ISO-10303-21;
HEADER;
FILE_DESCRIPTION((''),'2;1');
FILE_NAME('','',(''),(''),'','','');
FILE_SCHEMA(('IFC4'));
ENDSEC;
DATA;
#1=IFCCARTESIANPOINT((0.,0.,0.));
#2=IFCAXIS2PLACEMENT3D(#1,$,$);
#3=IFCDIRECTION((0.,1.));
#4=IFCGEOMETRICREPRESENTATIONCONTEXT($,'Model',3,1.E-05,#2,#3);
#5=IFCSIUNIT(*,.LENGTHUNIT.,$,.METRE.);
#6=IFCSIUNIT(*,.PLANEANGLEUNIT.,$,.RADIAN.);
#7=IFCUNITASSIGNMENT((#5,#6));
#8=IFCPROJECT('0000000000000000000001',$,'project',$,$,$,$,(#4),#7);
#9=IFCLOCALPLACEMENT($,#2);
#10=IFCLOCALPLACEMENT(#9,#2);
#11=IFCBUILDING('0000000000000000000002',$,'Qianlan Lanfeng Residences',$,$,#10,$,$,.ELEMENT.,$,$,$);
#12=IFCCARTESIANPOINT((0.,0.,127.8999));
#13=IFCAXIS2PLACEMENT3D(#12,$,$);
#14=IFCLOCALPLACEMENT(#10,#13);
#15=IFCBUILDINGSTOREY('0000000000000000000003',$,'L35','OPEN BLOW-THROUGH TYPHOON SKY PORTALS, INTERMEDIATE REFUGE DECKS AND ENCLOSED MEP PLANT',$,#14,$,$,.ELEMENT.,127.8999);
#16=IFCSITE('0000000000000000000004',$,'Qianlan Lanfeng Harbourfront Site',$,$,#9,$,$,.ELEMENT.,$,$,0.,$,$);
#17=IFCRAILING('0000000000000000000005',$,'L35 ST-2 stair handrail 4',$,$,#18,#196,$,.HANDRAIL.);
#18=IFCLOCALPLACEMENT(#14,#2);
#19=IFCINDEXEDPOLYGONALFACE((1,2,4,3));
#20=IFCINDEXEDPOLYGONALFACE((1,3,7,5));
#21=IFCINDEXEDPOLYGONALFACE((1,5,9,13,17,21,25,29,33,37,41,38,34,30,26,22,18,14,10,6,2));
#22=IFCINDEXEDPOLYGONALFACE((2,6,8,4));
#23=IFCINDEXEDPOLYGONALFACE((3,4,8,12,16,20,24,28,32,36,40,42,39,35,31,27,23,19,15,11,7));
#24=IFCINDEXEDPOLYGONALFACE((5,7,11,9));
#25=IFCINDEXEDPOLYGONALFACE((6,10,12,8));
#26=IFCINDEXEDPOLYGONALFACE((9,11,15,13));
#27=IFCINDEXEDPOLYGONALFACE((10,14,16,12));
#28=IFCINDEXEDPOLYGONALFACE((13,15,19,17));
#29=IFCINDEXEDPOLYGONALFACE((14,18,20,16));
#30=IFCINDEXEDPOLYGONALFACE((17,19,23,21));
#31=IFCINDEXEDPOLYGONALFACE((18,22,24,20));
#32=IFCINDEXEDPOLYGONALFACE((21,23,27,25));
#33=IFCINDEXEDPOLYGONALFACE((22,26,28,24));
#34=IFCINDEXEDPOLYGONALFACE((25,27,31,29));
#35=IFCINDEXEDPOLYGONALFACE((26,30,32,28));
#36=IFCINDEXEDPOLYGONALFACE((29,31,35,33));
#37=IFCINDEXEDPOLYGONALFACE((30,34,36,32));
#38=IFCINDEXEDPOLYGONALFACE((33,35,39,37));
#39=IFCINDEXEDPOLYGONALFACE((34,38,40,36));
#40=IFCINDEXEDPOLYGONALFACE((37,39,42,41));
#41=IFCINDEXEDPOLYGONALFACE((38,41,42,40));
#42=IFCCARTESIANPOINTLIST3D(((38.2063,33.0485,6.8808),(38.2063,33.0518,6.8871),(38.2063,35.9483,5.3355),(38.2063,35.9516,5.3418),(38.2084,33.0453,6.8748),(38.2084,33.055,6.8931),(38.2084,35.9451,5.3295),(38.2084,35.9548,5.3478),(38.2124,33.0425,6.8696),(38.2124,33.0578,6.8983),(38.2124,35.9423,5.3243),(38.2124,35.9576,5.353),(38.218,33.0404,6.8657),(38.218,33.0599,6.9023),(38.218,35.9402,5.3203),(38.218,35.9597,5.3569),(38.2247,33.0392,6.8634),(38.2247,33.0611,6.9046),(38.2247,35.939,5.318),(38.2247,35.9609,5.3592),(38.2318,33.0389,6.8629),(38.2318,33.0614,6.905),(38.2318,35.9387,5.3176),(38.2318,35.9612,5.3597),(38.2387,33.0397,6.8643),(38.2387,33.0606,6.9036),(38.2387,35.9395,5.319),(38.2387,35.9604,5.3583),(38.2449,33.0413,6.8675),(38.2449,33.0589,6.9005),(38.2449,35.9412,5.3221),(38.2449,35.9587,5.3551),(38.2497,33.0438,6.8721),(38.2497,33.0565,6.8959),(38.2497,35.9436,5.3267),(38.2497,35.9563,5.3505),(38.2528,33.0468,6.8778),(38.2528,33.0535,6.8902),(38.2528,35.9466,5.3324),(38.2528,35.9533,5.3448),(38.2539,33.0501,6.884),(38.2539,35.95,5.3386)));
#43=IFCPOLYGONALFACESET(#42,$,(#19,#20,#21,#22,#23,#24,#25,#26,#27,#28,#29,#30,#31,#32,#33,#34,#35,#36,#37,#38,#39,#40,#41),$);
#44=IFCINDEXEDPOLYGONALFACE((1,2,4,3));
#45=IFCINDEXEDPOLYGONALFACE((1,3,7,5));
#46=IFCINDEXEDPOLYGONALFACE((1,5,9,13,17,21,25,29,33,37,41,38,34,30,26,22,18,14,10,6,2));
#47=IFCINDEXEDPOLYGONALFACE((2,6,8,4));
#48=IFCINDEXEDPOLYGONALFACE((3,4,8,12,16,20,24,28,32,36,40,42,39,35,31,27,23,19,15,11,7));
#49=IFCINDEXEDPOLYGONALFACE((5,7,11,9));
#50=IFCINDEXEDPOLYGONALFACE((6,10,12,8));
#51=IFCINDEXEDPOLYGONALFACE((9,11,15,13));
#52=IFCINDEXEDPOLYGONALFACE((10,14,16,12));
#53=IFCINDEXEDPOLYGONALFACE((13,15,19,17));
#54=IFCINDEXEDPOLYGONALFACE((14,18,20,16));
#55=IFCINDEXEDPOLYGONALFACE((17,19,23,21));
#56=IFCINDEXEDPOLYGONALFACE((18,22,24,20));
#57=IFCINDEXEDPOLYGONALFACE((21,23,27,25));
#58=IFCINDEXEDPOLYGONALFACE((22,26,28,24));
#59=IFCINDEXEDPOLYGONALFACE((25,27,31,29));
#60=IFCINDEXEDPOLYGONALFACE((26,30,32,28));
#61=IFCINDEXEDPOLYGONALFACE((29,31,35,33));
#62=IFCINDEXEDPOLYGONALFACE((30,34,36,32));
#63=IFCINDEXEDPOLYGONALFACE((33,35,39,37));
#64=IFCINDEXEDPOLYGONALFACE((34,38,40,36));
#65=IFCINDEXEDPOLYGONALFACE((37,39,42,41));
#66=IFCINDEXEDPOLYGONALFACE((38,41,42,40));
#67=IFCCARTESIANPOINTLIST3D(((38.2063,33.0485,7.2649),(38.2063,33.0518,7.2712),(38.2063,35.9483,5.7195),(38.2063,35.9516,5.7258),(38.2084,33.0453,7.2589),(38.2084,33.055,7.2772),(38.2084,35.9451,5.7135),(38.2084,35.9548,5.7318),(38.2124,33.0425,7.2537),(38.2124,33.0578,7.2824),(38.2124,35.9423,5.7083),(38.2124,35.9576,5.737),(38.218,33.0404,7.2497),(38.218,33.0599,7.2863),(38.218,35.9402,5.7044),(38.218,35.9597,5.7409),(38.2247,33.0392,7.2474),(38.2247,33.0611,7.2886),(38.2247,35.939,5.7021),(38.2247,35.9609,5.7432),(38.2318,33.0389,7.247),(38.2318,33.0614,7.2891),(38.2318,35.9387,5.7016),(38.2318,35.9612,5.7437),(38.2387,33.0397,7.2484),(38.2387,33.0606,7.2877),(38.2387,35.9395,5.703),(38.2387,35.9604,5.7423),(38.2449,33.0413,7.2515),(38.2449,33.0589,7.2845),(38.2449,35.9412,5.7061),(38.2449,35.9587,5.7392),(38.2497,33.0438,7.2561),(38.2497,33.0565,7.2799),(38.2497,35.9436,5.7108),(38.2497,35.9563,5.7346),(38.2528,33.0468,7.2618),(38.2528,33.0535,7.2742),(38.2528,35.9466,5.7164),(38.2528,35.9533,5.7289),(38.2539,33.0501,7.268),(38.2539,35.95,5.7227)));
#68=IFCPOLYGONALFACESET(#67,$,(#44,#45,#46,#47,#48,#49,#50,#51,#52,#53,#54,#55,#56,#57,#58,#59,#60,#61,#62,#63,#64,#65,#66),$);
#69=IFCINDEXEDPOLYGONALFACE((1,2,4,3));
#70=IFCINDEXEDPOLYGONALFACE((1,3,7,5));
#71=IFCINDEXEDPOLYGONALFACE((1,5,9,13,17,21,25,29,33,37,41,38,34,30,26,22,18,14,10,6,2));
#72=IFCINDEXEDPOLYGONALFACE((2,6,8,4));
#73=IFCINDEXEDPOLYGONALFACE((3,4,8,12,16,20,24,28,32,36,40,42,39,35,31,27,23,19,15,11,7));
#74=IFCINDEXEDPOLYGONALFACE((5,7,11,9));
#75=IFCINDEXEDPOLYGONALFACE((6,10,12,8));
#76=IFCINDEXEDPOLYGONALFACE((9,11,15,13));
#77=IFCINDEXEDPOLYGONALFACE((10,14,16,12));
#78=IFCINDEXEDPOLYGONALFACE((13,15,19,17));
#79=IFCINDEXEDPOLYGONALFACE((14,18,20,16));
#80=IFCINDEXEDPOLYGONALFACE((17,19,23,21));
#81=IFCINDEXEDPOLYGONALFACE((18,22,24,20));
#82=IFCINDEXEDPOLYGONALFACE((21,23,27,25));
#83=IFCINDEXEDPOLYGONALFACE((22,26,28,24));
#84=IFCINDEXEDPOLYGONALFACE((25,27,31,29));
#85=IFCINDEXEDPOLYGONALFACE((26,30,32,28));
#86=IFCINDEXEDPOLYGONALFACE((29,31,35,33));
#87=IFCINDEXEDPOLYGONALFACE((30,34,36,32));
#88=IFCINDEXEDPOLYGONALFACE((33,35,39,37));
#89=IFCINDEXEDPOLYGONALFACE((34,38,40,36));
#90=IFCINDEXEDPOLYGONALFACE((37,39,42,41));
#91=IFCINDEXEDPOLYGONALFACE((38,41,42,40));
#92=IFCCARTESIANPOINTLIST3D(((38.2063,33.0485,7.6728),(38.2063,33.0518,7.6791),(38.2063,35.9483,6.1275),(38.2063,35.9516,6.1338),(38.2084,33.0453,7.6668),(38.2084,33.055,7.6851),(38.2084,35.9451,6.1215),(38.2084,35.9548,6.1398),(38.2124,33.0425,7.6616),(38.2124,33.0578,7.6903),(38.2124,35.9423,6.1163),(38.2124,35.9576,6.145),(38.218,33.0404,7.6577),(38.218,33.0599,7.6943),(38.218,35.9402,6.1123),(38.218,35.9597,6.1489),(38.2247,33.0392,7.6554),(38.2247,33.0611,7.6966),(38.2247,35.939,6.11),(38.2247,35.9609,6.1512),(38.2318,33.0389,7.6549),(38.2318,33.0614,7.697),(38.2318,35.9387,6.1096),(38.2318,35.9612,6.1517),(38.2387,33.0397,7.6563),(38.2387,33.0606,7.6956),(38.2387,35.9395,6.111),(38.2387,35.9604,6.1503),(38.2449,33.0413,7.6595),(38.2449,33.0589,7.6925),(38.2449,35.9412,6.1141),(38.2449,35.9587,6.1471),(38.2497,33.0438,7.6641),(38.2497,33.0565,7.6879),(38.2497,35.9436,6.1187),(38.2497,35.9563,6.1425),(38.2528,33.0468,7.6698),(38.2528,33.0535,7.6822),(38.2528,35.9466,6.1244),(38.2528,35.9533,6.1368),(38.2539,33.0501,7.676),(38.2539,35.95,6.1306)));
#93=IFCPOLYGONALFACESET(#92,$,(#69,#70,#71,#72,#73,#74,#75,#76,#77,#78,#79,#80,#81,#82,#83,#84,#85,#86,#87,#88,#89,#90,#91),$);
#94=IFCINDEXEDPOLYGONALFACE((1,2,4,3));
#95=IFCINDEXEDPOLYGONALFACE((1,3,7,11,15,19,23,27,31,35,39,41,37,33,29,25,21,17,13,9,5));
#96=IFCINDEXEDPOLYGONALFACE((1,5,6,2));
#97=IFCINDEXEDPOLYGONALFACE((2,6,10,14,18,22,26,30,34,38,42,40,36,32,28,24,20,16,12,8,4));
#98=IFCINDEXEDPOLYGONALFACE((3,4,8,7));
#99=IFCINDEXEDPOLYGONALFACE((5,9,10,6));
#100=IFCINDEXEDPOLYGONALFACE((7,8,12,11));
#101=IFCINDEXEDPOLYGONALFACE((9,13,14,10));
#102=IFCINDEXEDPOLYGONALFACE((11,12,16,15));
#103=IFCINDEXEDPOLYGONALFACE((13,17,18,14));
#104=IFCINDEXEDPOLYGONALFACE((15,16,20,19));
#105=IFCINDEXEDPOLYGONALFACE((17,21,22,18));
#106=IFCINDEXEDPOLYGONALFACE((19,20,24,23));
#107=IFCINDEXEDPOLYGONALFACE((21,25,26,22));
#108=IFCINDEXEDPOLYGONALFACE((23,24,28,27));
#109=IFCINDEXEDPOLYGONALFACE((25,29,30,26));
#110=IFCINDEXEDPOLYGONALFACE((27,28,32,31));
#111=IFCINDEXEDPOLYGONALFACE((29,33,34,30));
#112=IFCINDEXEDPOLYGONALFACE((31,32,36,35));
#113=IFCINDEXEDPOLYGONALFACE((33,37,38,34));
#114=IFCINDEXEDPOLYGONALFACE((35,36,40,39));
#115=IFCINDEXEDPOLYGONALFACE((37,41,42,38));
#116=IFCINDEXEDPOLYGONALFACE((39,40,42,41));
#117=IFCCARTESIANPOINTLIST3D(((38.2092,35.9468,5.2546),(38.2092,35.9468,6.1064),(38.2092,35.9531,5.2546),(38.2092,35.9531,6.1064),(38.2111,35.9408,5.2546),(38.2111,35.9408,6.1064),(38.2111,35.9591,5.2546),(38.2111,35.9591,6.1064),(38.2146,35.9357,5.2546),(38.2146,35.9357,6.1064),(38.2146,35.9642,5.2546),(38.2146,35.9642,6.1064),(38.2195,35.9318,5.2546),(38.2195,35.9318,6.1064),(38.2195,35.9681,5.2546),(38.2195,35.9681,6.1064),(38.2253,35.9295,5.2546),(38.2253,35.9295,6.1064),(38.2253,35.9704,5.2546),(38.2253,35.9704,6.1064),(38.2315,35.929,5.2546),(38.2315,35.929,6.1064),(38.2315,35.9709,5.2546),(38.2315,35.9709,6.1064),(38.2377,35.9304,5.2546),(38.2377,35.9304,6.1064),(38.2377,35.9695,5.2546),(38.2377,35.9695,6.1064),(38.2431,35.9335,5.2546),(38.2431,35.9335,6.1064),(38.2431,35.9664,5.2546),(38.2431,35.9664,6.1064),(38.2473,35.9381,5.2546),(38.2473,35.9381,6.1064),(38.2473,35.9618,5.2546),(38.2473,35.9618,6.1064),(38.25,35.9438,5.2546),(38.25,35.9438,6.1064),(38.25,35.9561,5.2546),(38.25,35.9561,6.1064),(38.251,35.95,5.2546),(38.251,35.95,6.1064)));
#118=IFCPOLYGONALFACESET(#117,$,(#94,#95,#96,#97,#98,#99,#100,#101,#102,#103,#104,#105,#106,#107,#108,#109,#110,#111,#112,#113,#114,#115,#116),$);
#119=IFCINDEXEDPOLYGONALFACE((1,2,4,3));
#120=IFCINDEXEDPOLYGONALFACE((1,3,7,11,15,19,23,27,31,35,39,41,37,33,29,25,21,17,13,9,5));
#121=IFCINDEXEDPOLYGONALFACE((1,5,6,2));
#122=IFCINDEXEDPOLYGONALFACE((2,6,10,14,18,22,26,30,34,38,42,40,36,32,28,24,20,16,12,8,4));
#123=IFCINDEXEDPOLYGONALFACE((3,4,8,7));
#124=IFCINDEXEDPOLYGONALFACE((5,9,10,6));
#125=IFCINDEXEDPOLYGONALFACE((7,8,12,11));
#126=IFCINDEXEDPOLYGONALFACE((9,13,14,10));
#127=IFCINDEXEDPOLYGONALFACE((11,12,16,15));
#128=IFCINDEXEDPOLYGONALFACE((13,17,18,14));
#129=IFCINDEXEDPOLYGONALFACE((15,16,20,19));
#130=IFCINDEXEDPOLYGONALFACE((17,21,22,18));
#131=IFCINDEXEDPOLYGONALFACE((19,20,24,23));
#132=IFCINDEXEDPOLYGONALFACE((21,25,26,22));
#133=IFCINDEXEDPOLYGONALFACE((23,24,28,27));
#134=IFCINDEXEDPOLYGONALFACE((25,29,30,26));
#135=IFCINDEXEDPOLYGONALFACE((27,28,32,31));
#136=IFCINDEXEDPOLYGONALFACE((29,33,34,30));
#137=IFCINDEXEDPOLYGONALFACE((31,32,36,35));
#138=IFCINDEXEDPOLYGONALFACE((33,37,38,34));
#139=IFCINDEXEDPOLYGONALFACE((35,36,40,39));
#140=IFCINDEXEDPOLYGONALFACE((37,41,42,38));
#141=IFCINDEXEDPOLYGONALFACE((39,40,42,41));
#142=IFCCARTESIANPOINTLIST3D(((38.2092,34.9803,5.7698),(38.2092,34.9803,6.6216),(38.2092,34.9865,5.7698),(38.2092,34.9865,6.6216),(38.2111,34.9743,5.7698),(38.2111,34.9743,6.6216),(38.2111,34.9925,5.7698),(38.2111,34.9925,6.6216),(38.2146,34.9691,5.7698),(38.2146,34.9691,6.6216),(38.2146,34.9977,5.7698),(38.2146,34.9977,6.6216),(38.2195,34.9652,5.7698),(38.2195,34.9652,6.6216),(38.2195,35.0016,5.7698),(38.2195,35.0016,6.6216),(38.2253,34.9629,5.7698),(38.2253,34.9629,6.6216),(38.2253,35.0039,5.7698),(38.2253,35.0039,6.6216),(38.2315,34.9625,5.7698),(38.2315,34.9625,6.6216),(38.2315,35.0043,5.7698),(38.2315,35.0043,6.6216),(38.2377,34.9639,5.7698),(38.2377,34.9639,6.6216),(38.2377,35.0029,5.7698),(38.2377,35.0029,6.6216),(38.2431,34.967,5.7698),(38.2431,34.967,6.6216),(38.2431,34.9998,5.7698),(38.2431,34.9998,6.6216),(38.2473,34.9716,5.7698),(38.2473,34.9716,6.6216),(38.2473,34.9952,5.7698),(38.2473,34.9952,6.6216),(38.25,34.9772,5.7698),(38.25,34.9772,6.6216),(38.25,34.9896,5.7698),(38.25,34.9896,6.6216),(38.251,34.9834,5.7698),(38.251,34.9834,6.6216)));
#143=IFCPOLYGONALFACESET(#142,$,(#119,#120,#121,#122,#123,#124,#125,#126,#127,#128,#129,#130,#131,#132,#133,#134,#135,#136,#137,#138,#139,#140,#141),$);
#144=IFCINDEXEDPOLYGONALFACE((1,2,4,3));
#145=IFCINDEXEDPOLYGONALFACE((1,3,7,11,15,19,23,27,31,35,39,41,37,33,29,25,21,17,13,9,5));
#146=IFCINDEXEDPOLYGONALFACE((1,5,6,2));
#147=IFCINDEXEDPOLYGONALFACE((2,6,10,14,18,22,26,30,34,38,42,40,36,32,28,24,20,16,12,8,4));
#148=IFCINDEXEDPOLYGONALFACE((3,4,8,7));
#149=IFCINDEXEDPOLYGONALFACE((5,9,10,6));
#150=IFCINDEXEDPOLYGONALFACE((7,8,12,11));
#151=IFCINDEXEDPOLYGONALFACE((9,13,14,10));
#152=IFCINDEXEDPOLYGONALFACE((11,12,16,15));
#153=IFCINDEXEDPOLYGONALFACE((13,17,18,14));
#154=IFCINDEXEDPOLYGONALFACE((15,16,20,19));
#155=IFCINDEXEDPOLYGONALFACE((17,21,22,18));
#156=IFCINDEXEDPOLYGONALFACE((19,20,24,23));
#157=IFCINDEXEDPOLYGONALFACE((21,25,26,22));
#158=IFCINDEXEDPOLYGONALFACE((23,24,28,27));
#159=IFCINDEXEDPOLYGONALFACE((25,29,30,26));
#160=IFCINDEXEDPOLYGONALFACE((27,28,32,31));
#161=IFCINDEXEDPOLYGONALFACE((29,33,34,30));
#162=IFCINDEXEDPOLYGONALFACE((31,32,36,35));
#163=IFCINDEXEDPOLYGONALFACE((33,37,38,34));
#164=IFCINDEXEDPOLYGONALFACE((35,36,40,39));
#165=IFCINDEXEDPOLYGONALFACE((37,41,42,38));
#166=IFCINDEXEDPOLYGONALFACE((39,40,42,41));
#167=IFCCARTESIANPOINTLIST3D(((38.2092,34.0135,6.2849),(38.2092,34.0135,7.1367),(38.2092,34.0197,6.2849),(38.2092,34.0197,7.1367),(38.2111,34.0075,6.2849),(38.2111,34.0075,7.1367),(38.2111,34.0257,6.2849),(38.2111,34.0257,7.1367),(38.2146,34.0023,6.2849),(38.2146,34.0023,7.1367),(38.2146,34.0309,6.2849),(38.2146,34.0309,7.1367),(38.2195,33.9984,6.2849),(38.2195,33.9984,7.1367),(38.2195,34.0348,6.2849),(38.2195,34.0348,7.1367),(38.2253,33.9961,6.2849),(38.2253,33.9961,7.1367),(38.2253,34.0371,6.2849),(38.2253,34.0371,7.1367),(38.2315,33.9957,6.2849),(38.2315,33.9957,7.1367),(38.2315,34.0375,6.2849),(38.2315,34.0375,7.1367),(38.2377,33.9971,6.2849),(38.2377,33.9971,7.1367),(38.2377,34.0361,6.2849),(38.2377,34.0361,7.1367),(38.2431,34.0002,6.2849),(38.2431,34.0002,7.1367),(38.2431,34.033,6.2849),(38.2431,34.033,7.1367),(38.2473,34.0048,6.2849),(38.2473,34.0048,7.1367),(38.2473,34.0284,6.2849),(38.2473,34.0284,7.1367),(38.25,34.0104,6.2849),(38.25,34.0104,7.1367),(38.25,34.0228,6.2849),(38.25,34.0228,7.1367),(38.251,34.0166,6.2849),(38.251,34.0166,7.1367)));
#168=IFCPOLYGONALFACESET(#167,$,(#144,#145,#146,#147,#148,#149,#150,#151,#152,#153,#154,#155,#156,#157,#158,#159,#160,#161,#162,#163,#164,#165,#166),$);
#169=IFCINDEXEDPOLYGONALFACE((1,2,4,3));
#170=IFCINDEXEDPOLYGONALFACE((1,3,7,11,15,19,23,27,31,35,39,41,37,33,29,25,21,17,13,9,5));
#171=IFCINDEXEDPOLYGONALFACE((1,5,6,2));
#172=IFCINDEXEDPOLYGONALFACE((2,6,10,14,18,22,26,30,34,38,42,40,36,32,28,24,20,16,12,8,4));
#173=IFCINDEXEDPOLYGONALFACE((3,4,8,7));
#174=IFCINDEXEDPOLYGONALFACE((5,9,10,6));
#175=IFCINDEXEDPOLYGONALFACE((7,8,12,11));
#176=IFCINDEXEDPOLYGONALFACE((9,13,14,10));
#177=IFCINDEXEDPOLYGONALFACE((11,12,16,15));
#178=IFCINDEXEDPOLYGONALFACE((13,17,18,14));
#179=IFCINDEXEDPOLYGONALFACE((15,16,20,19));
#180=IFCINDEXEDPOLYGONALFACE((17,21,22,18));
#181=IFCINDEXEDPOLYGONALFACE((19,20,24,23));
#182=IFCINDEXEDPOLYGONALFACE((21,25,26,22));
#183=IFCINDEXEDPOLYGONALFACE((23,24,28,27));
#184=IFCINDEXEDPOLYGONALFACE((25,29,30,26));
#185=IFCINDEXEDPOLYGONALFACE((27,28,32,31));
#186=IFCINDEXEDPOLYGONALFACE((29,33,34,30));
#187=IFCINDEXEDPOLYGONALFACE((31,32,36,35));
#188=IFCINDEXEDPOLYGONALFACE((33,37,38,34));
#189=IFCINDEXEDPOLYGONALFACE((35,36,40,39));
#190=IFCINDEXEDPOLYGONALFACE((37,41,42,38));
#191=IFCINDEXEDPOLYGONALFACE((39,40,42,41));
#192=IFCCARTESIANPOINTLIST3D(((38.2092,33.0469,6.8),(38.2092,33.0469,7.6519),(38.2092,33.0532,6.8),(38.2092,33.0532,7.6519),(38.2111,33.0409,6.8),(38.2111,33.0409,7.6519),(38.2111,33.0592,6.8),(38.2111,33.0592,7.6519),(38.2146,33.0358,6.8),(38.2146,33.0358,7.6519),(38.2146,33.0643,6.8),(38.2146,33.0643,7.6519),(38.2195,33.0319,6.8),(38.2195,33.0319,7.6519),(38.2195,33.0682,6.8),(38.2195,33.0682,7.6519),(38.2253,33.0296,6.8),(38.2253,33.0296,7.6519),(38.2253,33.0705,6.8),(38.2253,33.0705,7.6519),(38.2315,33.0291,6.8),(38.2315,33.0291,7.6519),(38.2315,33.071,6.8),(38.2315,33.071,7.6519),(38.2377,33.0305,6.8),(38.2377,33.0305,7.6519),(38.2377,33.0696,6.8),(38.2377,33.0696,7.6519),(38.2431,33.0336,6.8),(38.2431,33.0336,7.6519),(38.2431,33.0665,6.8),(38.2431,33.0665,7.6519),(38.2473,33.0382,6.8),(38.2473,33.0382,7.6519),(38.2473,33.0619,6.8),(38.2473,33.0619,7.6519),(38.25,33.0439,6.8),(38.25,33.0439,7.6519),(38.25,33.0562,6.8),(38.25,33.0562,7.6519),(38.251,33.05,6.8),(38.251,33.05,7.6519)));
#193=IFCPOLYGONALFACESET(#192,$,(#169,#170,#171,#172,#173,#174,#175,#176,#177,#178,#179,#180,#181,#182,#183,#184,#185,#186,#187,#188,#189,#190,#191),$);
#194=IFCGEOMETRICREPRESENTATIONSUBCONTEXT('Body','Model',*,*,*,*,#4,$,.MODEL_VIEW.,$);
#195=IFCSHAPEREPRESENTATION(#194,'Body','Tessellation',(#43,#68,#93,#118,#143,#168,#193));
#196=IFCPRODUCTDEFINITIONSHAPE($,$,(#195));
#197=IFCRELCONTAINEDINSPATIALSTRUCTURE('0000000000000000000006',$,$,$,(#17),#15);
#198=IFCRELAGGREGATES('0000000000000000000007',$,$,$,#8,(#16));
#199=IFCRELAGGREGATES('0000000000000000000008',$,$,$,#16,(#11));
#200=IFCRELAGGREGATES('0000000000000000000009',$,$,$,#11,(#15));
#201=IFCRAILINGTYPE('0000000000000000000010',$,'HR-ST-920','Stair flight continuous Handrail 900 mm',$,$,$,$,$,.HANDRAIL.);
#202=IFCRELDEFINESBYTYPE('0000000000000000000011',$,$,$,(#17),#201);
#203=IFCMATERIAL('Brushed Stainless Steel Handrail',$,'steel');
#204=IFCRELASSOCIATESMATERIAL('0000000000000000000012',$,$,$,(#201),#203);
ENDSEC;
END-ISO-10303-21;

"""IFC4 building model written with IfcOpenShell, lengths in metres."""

from ifc_helpers import new_model, si_unit, direction, frame, origin, origin_2d, place, context, subcontext, project, spatial, circle, extrude, material, type_object, element, save


model = new_model("IFC4")

# Units and contexts
model_context = context("Model", 3, precision=1e-05, world=origin(), true_north=direction((0.0, 1.0)))
body_context = subcontext(model_context, "Body", "Model", "MODEL_VIEW")
ifc_project = project(units=[si_unit("LENGTHUNIT", "METRE"), si_unit("PLANEANGLEUNIT", "RADIAN")], contexts=[model_context])

# Site, building, storey
site_placement = place(None, origin())
site = spatial("IfcSite", under=ifc_project, at=site_placement, Name="Qianlan Lanfeng Harbourfront Site", CompositionType="ELEMENT", RefElevation=0.0)
building_placement = place(site_placement, origin())
building = spatial("IfcBuilding", under=site, at=building_placement, Name="Qianlan Lanfeng Residences", CompositionType="ELEMENT")
storey_placement = place(building_placement, frame((0.0, 0.0, 127.8999)))
storey = spatial("IfcBuildingStorey", under=building, at=storey_placement, Name="L35", Description="OPEN BLOW-THROUGH TYPHOON SKY PORTALS, INTERMEDIATE REFUGE DECKS AND ENCLOSED MEP PLANT", CompositionType="ELEMENT", Elevation=127.8999)

# Railing
ifc_material_1 = material(Name="Brushed Stainless Steel Handrail", Category="steel")
railing_type_1 = type_object("IfcRailingType", Name="HR-ST-920", Description="Stair flight continuous Handrail 900 mm", PredefinedType="HANDRAIL", material=ifc_material_1)
for number, where, name in (
    (1, (38.23, 35.95, 5.2546), "L35 ST-2 stair handrail 4"),
):
    element("IfcRailing", number, at=place(storey_placement, frame(where)), inside=storey, type_object=railing_type_1, Name=name, PredefinedType="HANDRAIL", context=body_context, shape_type="SweptSolid", body=[
        extrude(circle(Radius=0.0239, at=origin_2d()), frame((0.0, 0.0, 0.084), z_axis=(0.0, -0.882505, 0.470303), x_axis=(1.0, 0.0, 0.0)), (0.0, 0.0, 1.0), 3.2859),
        extrude(circle(Radius=0.0239, at=origin_2d()), frame((0.0, 0.0, 0.468), z_axis=(0.0, -0.882505, 0.470303), x_axis=(1.0, 0.0, 0.0)), (0.0, 0.0, 1.0), 3.2859),
        extrude(circle(Radius=0.0239, at=origin_2d()), frame((0.0, 0.0, 0.876), z_axis=(0.0, -0.882505, 0.470303), x_axis=(1.0, 0.0, 0.0)), (0.0, 0.0, 1.0), 3.2859),
        extrude(circle(Radius=0.021, at=origin_2d()), origin(), (0.0, 0.0, 1.0), 0.8518),
        extrude(circle(Radius=0.021, at=origin_2d()), frame((0.0, -0.9666, 0.5151)), (0.0, 0.0, 1.0), 0.8518),
        extrude(circle(Radius=0.021, at=origin_2d()), frame((0.0, -1.9333, 1.0303)), (0.0, 0.0, 1.0), 0.8518),
        extrude(circle(Radius=0.021, at=origin_2d()), frame((0.0, -2.8999, 1.5454)), (0.0, 0.0, 1.0), 0.8518),
    ])

save(model, "model.ifc")
